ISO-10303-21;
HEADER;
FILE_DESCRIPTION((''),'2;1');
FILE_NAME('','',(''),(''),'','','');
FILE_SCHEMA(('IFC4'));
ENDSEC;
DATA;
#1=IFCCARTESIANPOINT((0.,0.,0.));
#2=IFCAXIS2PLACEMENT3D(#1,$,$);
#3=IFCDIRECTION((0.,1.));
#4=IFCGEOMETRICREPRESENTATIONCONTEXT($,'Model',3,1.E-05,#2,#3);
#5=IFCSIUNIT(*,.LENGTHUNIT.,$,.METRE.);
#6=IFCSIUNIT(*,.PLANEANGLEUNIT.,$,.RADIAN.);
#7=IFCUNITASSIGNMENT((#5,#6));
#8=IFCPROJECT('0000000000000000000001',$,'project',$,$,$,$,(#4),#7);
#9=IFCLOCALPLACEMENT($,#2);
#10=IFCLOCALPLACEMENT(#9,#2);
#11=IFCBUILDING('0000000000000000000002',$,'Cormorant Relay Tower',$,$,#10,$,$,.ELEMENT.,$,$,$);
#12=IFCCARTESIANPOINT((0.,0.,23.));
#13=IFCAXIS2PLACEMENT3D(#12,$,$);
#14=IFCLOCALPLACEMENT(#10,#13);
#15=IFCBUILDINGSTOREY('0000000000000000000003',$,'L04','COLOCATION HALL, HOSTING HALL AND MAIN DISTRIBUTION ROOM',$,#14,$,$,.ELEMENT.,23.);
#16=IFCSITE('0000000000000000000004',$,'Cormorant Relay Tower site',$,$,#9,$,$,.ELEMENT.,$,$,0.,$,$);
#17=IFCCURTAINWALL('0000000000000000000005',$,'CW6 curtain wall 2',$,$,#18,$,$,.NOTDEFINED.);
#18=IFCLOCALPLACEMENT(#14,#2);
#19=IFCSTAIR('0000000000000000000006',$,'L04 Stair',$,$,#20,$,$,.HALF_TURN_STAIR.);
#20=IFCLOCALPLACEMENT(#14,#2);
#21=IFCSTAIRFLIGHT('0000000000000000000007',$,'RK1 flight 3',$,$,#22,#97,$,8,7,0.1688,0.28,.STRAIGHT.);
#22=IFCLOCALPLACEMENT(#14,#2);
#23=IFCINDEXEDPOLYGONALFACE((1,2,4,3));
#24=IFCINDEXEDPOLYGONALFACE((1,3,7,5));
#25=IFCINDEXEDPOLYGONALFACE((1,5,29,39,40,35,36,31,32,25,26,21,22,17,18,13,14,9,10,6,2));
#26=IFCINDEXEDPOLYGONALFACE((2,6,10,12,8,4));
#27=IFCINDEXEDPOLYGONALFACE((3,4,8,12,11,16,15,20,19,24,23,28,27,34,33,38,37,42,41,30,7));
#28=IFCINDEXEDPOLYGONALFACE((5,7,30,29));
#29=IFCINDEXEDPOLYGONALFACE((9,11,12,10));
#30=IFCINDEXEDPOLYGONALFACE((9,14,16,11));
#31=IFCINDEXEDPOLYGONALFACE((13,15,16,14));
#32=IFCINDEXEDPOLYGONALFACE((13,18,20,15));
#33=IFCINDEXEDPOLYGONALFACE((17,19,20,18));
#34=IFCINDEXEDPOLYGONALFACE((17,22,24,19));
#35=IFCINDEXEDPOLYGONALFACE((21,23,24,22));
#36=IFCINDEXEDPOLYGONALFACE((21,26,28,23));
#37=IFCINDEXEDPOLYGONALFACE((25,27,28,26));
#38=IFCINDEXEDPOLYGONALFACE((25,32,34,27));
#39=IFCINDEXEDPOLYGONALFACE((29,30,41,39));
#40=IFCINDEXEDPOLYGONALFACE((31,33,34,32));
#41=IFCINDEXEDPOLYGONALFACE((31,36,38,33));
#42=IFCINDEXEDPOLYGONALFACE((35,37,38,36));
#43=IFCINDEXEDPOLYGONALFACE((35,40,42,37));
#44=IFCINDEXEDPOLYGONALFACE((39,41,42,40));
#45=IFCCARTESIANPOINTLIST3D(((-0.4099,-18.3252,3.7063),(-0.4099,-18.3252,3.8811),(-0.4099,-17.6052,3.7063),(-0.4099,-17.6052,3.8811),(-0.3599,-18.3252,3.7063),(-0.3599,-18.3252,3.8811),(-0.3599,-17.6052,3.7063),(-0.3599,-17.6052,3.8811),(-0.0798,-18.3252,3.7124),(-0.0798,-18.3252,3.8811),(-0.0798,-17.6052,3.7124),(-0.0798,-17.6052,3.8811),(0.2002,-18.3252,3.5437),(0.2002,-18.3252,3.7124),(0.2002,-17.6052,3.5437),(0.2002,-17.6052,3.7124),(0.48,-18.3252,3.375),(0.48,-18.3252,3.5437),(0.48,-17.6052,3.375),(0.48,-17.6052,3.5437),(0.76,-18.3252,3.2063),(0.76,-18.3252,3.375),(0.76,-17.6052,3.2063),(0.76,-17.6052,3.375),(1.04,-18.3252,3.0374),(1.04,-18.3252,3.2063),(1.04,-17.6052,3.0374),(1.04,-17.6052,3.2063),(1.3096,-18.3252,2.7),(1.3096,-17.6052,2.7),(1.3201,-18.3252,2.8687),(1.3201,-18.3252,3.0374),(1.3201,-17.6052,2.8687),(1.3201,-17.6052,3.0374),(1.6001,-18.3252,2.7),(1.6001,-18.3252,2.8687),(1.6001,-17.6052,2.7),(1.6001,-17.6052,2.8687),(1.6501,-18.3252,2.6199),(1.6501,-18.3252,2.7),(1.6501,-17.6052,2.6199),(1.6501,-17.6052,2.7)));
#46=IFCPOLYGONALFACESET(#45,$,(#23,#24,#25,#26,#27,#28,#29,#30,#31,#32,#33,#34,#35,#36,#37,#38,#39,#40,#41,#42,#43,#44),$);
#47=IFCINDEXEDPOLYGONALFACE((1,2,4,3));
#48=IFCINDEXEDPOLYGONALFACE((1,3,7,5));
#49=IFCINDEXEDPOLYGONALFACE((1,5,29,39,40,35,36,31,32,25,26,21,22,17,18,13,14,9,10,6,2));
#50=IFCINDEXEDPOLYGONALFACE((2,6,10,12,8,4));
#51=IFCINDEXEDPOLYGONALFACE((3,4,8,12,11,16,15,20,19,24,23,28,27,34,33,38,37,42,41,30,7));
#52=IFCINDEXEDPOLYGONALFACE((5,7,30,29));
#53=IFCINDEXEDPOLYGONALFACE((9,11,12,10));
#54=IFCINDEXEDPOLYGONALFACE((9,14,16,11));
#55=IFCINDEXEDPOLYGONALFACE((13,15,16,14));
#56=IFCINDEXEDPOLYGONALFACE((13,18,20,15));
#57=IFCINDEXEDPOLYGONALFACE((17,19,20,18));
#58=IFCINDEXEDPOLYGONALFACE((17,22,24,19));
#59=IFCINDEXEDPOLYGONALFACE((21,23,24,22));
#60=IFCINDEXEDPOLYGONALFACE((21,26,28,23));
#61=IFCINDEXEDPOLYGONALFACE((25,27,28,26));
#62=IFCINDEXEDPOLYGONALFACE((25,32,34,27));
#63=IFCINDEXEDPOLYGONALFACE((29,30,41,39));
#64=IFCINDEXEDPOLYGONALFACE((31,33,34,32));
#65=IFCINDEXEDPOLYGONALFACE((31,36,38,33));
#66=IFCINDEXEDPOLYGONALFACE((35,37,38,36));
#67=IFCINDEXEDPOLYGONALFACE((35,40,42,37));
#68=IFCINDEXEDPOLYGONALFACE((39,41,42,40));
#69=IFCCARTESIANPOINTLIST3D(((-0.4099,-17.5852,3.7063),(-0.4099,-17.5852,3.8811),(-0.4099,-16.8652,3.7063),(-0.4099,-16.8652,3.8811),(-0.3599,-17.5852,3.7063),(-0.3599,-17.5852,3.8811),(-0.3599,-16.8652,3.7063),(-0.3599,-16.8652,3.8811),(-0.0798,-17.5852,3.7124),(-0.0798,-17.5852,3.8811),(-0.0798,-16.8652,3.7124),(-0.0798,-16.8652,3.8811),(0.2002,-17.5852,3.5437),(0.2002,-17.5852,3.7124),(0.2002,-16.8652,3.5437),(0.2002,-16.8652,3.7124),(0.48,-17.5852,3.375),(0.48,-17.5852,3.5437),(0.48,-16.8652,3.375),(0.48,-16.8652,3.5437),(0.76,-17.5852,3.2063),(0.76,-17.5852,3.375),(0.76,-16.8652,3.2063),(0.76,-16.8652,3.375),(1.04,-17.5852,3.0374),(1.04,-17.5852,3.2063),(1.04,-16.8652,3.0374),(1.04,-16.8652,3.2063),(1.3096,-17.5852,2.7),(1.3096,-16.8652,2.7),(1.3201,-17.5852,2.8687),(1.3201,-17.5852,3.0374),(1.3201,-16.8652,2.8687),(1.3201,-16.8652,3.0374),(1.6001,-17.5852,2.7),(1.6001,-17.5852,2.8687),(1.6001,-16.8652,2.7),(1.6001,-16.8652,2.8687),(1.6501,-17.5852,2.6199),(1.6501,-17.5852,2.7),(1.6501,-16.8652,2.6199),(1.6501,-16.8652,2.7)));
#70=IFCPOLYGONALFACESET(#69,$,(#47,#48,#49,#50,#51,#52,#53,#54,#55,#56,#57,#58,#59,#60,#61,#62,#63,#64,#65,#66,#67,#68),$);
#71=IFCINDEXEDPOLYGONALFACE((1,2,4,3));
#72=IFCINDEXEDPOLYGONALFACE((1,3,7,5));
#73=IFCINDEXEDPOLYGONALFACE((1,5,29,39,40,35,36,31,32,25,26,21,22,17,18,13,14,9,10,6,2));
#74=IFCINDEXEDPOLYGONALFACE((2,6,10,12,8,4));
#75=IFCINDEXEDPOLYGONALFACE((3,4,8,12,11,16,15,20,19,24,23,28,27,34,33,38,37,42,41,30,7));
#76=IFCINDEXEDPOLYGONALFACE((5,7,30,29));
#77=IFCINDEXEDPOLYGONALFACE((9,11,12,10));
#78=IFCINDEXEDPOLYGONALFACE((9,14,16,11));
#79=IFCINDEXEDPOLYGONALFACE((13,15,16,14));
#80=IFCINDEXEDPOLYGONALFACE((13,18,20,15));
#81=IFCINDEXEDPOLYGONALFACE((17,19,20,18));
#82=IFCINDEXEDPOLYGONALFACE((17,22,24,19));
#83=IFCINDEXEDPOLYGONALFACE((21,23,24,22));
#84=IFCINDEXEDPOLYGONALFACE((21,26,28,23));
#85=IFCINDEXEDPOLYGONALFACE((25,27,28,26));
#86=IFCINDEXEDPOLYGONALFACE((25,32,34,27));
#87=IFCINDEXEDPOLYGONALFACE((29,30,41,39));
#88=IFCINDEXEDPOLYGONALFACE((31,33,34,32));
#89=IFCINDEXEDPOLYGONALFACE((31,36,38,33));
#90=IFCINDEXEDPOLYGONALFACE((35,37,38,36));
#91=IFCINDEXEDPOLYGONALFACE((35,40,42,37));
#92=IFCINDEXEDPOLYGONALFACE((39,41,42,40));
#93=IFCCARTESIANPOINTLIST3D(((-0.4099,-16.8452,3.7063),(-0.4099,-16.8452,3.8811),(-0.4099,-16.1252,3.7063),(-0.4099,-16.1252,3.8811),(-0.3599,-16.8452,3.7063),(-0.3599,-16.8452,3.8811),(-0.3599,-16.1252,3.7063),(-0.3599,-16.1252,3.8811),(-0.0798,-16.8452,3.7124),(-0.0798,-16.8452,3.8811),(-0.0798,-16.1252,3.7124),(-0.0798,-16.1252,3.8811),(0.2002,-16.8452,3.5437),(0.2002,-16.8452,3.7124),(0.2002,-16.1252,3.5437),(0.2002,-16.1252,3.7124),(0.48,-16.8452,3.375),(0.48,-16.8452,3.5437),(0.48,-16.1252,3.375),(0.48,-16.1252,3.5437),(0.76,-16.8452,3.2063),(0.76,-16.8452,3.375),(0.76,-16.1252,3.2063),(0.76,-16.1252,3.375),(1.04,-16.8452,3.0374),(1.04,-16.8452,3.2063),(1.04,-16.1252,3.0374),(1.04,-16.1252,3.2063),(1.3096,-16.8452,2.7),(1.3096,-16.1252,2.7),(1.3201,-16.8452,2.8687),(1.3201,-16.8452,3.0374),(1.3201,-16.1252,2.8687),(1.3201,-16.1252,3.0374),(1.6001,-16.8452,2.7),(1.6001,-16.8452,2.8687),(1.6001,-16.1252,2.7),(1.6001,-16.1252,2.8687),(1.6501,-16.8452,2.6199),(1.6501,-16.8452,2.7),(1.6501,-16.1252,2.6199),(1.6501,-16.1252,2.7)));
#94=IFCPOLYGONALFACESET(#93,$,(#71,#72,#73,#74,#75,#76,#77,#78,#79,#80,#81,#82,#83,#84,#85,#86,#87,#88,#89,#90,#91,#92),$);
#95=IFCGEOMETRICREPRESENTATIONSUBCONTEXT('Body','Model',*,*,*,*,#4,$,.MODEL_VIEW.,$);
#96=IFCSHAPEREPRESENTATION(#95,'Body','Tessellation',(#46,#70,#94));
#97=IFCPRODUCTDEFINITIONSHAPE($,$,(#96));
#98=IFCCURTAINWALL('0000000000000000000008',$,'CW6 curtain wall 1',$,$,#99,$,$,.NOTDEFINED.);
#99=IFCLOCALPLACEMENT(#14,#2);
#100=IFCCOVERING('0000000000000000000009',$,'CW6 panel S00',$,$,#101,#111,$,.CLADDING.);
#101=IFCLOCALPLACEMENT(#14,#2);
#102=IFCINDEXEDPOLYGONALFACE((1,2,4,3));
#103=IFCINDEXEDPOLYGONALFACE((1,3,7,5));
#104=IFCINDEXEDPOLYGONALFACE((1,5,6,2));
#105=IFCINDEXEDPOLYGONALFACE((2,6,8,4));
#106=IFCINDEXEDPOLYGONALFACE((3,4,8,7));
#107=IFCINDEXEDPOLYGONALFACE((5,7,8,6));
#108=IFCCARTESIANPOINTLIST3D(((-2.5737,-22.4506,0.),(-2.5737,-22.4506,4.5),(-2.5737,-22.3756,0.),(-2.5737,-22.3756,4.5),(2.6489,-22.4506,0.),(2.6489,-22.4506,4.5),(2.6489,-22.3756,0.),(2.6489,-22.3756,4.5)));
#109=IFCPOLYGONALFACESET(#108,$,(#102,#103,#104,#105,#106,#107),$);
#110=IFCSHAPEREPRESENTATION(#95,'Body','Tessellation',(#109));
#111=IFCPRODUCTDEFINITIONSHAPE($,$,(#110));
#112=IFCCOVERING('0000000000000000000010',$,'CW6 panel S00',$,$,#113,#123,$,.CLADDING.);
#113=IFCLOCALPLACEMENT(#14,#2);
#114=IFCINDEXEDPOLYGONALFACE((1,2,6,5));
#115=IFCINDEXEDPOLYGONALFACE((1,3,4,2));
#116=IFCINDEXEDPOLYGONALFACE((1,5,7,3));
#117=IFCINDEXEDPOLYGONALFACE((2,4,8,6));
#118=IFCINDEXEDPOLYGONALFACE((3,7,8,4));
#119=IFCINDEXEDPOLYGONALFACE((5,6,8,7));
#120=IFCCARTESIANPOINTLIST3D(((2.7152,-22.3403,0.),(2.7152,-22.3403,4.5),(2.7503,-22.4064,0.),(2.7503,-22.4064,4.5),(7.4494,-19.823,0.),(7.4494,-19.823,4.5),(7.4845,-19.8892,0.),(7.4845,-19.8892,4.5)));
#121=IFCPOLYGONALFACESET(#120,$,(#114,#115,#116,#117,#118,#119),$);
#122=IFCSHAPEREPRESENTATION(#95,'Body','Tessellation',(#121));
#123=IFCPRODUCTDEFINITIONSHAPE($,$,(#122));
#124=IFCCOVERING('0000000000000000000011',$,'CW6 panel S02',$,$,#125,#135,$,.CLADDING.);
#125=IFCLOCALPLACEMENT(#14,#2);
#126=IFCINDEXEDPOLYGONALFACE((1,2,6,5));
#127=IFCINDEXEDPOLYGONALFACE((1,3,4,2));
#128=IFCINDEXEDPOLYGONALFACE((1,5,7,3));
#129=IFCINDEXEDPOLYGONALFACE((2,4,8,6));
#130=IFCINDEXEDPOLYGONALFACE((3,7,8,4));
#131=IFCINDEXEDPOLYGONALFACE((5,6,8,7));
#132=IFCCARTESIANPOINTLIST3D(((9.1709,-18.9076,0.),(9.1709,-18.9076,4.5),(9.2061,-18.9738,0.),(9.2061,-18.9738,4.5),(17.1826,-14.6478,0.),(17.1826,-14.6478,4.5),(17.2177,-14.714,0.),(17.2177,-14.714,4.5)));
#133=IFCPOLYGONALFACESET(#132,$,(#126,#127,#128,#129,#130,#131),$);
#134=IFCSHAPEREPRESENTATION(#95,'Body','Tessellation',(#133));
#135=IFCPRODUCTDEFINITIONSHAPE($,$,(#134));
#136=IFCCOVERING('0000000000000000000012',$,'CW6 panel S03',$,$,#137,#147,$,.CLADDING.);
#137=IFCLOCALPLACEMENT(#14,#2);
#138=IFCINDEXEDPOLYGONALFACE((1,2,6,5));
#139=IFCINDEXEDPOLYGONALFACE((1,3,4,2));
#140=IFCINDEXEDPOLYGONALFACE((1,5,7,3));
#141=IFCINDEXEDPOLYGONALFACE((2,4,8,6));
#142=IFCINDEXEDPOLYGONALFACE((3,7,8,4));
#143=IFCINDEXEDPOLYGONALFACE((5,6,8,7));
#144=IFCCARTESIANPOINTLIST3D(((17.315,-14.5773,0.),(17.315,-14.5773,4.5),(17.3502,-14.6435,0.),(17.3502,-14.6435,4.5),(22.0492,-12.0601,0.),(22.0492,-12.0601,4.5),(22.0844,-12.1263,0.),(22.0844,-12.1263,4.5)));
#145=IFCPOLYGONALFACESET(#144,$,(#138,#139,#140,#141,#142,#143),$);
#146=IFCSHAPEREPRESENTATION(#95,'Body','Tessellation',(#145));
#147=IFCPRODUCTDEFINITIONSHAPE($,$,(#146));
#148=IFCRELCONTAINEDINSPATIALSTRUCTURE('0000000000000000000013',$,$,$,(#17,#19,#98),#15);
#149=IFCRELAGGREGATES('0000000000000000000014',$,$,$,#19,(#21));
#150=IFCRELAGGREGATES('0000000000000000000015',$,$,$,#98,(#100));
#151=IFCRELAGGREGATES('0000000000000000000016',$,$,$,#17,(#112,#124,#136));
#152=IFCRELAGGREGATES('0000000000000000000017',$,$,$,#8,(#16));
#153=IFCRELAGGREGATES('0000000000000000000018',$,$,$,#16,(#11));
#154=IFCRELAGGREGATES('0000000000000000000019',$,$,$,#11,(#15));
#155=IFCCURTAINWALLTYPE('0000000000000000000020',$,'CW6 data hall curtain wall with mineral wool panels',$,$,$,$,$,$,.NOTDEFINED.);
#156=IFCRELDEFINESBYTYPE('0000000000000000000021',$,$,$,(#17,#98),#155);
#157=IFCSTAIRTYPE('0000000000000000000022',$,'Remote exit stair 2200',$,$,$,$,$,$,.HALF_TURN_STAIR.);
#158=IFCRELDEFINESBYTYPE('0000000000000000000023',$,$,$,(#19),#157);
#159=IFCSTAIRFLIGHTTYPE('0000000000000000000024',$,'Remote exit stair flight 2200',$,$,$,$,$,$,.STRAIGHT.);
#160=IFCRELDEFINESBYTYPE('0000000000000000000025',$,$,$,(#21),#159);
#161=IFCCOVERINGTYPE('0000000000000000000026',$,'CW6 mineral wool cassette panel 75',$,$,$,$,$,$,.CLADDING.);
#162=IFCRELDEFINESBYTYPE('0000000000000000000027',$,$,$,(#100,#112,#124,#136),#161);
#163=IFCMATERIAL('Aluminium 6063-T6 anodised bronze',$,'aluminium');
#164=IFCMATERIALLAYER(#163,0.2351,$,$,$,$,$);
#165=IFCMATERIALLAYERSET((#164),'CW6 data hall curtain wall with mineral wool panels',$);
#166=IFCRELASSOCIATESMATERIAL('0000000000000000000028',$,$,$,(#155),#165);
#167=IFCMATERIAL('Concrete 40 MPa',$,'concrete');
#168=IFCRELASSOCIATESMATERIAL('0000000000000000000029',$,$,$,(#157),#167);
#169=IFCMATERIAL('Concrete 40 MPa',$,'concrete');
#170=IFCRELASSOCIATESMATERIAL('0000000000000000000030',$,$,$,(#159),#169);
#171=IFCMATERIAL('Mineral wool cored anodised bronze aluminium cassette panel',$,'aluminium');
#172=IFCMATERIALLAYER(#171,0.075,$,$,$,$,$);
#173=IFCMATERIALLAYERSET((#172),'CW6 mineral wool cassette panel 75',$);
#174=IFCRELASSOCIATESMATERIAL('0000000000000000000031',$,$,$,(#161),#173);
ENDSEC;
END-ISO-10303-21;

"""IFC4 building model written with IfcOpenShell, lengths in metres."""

from ifc_helpers import new_model, si_unit, direction, frame, origin, origin_2d, place, context, subcontext, project, spatial, polyline, rectangle, outline, extrude, material, layer, layer_set, type_object, element, aggregate, save


model = new_model("IFC4")

# Units and contexts
model_context = context("Model", 3, precision=1e-05, world=origin(), true_north=direction((0.0, 1.0)))
body_context = subcontext(model_context, "Body", "Model", "MODEL_VIEW")
ifc_project = project(units=[si_unit("LENGTHUNIT", "METRE"), si_unit("PLANEANGLEUNIT", "RADIAN")], contexts=[model_context])

# Site, building, storey
site_placement = place(None, origin())
site = spatial("IfcSite", under=ifc_project, at=site_placement, Name="Cormorant Relay Tower site", CompositionType="ELEMENT", RefElevation=0.0)
building_placement = place(site_placement, origin())
building = spatial("IfcBuilding", under=site, at=building_placement, Name="Cormorant Relay Tower", CompositionType="ELEMENT")
storey_placement = place(building_placement, frame((0.0, 0.0, 23.0)))
storey = spatial("IfcBuildingStorey", under=building, at=storey_placement, Name="L04", Description="COLOCATION HALL, HOSTING HALL AND MAIN DISTRIBUTION ROOM", CompositionType="ELEMENT", Elevation=23.0)

# Curtain wall
ifc_material_1 = material(Name="Aluminium 6063-T6 anodised bronze", Category="aluminium")
ifc_layer_1 = layer(ifc_material_1, 0.2351)
ifc_layer_set_1 = layer_set([ifc_layer_1], Name="CW6 data hall curtain wall with mineral wool panels")
curtain_wall_type = type_object("IfcCurtainWallType", Name="CW6 data hall curtain wall with mineral wool panels", PredefinedType="NOTDEFINED", material=ifc_layer_set_1)
curtain_wall_1_placement = place(storey_placement, origin())
curtain_wall_1 = element("IfcCurtainWall", 1, at=curtain_wall_1_placement, inside=storey, type_object=curtain_wall_type, Name="CW6 curtain wall 2", PredefinedType="NOTDEFINED")

# Stair, stair flight
ifc_material_2 = material(Name="Concrete 40 MPa", Category="concrete")
stair_type = type_object("IfcStairType", Name="Remote exit stair 2200", PredefinedType="HALF_TURN_STAIR", material=ifc_material_2)
stair_placement = place(storey_placement, origin())
stair = element("IfcStair", 2, at=stair_placement, inside=storey, type_object=stair_type, Name="L04 Stair", PredefinedType="HALF_TURN_STAIR")
ifc_material_3 = material(Name="Concrete 40 MPa", Category="concrete")
stair_flight_type = type_object("IfcStairFlightType", Name="Remote exit stair flight 2200", PredefinedType="STRAIGHT", material=ifc_material_3)
stair_flight_1_placement = place(storey_placement, frame((1.6001, -17.2251, 2.7), z_axis=(0.0, 0.0, 1.0), x_axis=(-1.0, 0.0, 0.0)))
stair_flight_1 = element("IfcStairFlight", 3, at=stair_flight_1_placement, type_object=stair_flight_type, Name="RK1 flight 3", NumberOfRisers=8, NumberOfTreads=7, PredefinedType="STRAIGHT", RiserHeight=0.1688, TreadLength=0.28, context=body_context, shape_type="SweptSolid", body=[
    extrude(outline(polyline([(-0.05, -0.0801), (-0.05, 0.0), (0.0, 0.0), (0.0, 0.1687), (0.28, 0.1687), (0.28, 0.3374), (0.5601, 0.3374), (0.5601, 0.5063), (0.8401, 0.5063), (0.8401, 0.675), (1.1201, 0.675), (1.1201, 0.8438), (1.3999, 0.8438), (1.3999, 1.0125), (1.6799, 1.0125), (1.6799, 1.1812), (1.96, 1.1812), (2.01, 1.1812), (2.01, 1.0063), (1.96, 1.0063), (0.2905, 0.0), (-0.05, -0.0801)])), frame((0.0, 1.1001, 0.0), z_axis=(0.0, -1.0, 0.0), x_axis=(1.0, 0.0, 0.0)), (0.0, 0.0, 1.0), 0.72),
    extrude(outline(polyline([(-0.05, -0.0801), (-0.05, 0.0), (0.0, 0.0), (0.0, 0.1687), (0.28, 0.1687), (0.28, 0.3374), (0.5601, 0.3374), (0.5601, 0.5063), (0.8401, 0.5063), (0.8401, 0.675), (1.1201, 0.675), (1.1201, 0.8438), (1.3999, 0.8438), (1.3999, 1.0125), (1.6799, 1.0125), (1.6799, 1.1812), (1.96, 1.1812), (2.01, 1.1812), (2.01, 1.0063), (1.96, 1.0063), (0.2905, 0.0), (-0.05, -0.0801)])), frame((0.0, 0.3601, 0.0), z_axis=(0.0, -1.0, 0.0), x_axis=(1.0, 0.0, 0.0)), (0.0, 0.0, 1.0), 0.72),
    extrude(outline(polyline([(-0.05, -0.0801), (-0.05, 0.0), (0.0, 0.0), (0.0, 0.1687), (0.28, 0.1687), (0.28, 0.3374), (0.5601, 0.3374), (0.5601, 0.5063), (0.8401, 0.5063), (0.8401, 0.675), (1.1201, 0.675), (1.1201, 0.8438), (1.3999, 0.8438), (1.3999, 1.0125), (1.6799, 1.0125), (1.6799, 1.1812), (1.96, 1.1812), (2.01, 1.1812), (2.01, 1.0063), (1.96, 1.0063), (0.2905, 0.0), (-0.05, -0.0801)])), frame((0.0, -0.3799, 0.0), z_axis=(0.0, -1.0, 0.0), x_axis=(1.0, 0.0, 0.0)), (0.0, 0.0, 1.0), 0.72),
])
aggregate(stair, [stair_flight_1])

# Curtain wall, covering
curtain_wall_2_placement = place(storey_placement, origin())
curtain_wall_2 = element("IfcCurtainWall", 4, at=curtain_wall_2_placement, inside=storey, type_object=curtain_wall_type, Name="CW6 curtain wall 1", PredefinedType="NOTDEFINED")
ifc_material_4 = material(Name="Mineral wool cored anodised bronze aluminium cassette panel", Category="aluminium")
ifc_layer_2 = layer(ifc_material_4, 0.075)
ifc_layer_set_2 = layer_set([ifc_layer_2], Name="CW6 mineral wool cassette panel 75")
covering_type = type_object("IfcCoveringType", Name="CW6 mineral wool cassette panel 75", PredefinedType="CLADDING", material=ifc_layer_set_2)
covering_1_placement = place(storey_placement, frame((0.0376, -22.4131, 0.0), z_axis=(0.0, 0.0, 1.0), x_axis=(1.0, 0.0, 0.0)))
covering_1 = element("IfcCovering", 5, at=covering_1_placement, type_object=covering_type, Name="CW6 panel S00", PredefinedType="CLADDING", context=body_context, shape_type="SweptSolid", body=[
    extrude(rectangle(XDim=5.2227, YDim=0.075, at=origin_2d()), origin(), (0.0, 0.0, 1.0), 4.5),
])
aggregate(curtain_wall_2, [covering_1])

# Coverings
covering_2_placement = place(storey_placement, frame((5.0999, -21.1147, 0.0), z_axis=(0.0, 0.0, 1.0), x_axis=(0.882948, 0.469472, 0.0)))
covering_2 = element("IfcCovering", 6, at=covering_2_placement, type_object=covering_type, Name="CW6 panel S00", PredefinedType="CLADDING", context=body_context, shape_type="SweptSolid", body=[
    extrude(rectangle(XDim=5.3618, YDim=0.075, at=origin_2d()), origin(), (0.0, 0.0, 1.0), 4.5),
])
covering_3_placement = place(storey_placement, frame((13.1943, -16.8108, 0.0), z_axis=(0.0, 0.0, 1.0), x_axis=(0.882948, 0.469472, 0.0)))
covering_3 = element("IfcCovering", 7, at=covering_3_placement, type_object=covering_type, Name="CW6 panel S02", PredefinedType="CLADDING", context=body_context, shape_type="SweptSolid", body=[
    extrude(rectangle(XDim=9.0737, YDim=0.075, at=origin_2d()), origin(), (0.0, 0.0, 1.0), 4.5),
])
covering_4_placement = place(storey_placement, frame((19.6997, -13.3518, 0.0), z_axis=(0.0, 0.0, 1.0), x_axis=(0.882948, 0.469472, 0.0)))
covering_4 = element("IfcCovering", 8, at=covering_4_placement, type_object=covering_type, Name="CW6 panel S03", PredefinedType="CLADDING", context=body_context, shape_type="SweptSolid", body=[
    extrude(rectangle(XDim=5.3618, YDim=0.075, at=origin_2d()), origin(), (0.0, 0.0, 1.0), 4.5),
])
aggregate(curtain_wall_1, [covering_2, covering_3, covering_4])

save(model, "model.ifc")
